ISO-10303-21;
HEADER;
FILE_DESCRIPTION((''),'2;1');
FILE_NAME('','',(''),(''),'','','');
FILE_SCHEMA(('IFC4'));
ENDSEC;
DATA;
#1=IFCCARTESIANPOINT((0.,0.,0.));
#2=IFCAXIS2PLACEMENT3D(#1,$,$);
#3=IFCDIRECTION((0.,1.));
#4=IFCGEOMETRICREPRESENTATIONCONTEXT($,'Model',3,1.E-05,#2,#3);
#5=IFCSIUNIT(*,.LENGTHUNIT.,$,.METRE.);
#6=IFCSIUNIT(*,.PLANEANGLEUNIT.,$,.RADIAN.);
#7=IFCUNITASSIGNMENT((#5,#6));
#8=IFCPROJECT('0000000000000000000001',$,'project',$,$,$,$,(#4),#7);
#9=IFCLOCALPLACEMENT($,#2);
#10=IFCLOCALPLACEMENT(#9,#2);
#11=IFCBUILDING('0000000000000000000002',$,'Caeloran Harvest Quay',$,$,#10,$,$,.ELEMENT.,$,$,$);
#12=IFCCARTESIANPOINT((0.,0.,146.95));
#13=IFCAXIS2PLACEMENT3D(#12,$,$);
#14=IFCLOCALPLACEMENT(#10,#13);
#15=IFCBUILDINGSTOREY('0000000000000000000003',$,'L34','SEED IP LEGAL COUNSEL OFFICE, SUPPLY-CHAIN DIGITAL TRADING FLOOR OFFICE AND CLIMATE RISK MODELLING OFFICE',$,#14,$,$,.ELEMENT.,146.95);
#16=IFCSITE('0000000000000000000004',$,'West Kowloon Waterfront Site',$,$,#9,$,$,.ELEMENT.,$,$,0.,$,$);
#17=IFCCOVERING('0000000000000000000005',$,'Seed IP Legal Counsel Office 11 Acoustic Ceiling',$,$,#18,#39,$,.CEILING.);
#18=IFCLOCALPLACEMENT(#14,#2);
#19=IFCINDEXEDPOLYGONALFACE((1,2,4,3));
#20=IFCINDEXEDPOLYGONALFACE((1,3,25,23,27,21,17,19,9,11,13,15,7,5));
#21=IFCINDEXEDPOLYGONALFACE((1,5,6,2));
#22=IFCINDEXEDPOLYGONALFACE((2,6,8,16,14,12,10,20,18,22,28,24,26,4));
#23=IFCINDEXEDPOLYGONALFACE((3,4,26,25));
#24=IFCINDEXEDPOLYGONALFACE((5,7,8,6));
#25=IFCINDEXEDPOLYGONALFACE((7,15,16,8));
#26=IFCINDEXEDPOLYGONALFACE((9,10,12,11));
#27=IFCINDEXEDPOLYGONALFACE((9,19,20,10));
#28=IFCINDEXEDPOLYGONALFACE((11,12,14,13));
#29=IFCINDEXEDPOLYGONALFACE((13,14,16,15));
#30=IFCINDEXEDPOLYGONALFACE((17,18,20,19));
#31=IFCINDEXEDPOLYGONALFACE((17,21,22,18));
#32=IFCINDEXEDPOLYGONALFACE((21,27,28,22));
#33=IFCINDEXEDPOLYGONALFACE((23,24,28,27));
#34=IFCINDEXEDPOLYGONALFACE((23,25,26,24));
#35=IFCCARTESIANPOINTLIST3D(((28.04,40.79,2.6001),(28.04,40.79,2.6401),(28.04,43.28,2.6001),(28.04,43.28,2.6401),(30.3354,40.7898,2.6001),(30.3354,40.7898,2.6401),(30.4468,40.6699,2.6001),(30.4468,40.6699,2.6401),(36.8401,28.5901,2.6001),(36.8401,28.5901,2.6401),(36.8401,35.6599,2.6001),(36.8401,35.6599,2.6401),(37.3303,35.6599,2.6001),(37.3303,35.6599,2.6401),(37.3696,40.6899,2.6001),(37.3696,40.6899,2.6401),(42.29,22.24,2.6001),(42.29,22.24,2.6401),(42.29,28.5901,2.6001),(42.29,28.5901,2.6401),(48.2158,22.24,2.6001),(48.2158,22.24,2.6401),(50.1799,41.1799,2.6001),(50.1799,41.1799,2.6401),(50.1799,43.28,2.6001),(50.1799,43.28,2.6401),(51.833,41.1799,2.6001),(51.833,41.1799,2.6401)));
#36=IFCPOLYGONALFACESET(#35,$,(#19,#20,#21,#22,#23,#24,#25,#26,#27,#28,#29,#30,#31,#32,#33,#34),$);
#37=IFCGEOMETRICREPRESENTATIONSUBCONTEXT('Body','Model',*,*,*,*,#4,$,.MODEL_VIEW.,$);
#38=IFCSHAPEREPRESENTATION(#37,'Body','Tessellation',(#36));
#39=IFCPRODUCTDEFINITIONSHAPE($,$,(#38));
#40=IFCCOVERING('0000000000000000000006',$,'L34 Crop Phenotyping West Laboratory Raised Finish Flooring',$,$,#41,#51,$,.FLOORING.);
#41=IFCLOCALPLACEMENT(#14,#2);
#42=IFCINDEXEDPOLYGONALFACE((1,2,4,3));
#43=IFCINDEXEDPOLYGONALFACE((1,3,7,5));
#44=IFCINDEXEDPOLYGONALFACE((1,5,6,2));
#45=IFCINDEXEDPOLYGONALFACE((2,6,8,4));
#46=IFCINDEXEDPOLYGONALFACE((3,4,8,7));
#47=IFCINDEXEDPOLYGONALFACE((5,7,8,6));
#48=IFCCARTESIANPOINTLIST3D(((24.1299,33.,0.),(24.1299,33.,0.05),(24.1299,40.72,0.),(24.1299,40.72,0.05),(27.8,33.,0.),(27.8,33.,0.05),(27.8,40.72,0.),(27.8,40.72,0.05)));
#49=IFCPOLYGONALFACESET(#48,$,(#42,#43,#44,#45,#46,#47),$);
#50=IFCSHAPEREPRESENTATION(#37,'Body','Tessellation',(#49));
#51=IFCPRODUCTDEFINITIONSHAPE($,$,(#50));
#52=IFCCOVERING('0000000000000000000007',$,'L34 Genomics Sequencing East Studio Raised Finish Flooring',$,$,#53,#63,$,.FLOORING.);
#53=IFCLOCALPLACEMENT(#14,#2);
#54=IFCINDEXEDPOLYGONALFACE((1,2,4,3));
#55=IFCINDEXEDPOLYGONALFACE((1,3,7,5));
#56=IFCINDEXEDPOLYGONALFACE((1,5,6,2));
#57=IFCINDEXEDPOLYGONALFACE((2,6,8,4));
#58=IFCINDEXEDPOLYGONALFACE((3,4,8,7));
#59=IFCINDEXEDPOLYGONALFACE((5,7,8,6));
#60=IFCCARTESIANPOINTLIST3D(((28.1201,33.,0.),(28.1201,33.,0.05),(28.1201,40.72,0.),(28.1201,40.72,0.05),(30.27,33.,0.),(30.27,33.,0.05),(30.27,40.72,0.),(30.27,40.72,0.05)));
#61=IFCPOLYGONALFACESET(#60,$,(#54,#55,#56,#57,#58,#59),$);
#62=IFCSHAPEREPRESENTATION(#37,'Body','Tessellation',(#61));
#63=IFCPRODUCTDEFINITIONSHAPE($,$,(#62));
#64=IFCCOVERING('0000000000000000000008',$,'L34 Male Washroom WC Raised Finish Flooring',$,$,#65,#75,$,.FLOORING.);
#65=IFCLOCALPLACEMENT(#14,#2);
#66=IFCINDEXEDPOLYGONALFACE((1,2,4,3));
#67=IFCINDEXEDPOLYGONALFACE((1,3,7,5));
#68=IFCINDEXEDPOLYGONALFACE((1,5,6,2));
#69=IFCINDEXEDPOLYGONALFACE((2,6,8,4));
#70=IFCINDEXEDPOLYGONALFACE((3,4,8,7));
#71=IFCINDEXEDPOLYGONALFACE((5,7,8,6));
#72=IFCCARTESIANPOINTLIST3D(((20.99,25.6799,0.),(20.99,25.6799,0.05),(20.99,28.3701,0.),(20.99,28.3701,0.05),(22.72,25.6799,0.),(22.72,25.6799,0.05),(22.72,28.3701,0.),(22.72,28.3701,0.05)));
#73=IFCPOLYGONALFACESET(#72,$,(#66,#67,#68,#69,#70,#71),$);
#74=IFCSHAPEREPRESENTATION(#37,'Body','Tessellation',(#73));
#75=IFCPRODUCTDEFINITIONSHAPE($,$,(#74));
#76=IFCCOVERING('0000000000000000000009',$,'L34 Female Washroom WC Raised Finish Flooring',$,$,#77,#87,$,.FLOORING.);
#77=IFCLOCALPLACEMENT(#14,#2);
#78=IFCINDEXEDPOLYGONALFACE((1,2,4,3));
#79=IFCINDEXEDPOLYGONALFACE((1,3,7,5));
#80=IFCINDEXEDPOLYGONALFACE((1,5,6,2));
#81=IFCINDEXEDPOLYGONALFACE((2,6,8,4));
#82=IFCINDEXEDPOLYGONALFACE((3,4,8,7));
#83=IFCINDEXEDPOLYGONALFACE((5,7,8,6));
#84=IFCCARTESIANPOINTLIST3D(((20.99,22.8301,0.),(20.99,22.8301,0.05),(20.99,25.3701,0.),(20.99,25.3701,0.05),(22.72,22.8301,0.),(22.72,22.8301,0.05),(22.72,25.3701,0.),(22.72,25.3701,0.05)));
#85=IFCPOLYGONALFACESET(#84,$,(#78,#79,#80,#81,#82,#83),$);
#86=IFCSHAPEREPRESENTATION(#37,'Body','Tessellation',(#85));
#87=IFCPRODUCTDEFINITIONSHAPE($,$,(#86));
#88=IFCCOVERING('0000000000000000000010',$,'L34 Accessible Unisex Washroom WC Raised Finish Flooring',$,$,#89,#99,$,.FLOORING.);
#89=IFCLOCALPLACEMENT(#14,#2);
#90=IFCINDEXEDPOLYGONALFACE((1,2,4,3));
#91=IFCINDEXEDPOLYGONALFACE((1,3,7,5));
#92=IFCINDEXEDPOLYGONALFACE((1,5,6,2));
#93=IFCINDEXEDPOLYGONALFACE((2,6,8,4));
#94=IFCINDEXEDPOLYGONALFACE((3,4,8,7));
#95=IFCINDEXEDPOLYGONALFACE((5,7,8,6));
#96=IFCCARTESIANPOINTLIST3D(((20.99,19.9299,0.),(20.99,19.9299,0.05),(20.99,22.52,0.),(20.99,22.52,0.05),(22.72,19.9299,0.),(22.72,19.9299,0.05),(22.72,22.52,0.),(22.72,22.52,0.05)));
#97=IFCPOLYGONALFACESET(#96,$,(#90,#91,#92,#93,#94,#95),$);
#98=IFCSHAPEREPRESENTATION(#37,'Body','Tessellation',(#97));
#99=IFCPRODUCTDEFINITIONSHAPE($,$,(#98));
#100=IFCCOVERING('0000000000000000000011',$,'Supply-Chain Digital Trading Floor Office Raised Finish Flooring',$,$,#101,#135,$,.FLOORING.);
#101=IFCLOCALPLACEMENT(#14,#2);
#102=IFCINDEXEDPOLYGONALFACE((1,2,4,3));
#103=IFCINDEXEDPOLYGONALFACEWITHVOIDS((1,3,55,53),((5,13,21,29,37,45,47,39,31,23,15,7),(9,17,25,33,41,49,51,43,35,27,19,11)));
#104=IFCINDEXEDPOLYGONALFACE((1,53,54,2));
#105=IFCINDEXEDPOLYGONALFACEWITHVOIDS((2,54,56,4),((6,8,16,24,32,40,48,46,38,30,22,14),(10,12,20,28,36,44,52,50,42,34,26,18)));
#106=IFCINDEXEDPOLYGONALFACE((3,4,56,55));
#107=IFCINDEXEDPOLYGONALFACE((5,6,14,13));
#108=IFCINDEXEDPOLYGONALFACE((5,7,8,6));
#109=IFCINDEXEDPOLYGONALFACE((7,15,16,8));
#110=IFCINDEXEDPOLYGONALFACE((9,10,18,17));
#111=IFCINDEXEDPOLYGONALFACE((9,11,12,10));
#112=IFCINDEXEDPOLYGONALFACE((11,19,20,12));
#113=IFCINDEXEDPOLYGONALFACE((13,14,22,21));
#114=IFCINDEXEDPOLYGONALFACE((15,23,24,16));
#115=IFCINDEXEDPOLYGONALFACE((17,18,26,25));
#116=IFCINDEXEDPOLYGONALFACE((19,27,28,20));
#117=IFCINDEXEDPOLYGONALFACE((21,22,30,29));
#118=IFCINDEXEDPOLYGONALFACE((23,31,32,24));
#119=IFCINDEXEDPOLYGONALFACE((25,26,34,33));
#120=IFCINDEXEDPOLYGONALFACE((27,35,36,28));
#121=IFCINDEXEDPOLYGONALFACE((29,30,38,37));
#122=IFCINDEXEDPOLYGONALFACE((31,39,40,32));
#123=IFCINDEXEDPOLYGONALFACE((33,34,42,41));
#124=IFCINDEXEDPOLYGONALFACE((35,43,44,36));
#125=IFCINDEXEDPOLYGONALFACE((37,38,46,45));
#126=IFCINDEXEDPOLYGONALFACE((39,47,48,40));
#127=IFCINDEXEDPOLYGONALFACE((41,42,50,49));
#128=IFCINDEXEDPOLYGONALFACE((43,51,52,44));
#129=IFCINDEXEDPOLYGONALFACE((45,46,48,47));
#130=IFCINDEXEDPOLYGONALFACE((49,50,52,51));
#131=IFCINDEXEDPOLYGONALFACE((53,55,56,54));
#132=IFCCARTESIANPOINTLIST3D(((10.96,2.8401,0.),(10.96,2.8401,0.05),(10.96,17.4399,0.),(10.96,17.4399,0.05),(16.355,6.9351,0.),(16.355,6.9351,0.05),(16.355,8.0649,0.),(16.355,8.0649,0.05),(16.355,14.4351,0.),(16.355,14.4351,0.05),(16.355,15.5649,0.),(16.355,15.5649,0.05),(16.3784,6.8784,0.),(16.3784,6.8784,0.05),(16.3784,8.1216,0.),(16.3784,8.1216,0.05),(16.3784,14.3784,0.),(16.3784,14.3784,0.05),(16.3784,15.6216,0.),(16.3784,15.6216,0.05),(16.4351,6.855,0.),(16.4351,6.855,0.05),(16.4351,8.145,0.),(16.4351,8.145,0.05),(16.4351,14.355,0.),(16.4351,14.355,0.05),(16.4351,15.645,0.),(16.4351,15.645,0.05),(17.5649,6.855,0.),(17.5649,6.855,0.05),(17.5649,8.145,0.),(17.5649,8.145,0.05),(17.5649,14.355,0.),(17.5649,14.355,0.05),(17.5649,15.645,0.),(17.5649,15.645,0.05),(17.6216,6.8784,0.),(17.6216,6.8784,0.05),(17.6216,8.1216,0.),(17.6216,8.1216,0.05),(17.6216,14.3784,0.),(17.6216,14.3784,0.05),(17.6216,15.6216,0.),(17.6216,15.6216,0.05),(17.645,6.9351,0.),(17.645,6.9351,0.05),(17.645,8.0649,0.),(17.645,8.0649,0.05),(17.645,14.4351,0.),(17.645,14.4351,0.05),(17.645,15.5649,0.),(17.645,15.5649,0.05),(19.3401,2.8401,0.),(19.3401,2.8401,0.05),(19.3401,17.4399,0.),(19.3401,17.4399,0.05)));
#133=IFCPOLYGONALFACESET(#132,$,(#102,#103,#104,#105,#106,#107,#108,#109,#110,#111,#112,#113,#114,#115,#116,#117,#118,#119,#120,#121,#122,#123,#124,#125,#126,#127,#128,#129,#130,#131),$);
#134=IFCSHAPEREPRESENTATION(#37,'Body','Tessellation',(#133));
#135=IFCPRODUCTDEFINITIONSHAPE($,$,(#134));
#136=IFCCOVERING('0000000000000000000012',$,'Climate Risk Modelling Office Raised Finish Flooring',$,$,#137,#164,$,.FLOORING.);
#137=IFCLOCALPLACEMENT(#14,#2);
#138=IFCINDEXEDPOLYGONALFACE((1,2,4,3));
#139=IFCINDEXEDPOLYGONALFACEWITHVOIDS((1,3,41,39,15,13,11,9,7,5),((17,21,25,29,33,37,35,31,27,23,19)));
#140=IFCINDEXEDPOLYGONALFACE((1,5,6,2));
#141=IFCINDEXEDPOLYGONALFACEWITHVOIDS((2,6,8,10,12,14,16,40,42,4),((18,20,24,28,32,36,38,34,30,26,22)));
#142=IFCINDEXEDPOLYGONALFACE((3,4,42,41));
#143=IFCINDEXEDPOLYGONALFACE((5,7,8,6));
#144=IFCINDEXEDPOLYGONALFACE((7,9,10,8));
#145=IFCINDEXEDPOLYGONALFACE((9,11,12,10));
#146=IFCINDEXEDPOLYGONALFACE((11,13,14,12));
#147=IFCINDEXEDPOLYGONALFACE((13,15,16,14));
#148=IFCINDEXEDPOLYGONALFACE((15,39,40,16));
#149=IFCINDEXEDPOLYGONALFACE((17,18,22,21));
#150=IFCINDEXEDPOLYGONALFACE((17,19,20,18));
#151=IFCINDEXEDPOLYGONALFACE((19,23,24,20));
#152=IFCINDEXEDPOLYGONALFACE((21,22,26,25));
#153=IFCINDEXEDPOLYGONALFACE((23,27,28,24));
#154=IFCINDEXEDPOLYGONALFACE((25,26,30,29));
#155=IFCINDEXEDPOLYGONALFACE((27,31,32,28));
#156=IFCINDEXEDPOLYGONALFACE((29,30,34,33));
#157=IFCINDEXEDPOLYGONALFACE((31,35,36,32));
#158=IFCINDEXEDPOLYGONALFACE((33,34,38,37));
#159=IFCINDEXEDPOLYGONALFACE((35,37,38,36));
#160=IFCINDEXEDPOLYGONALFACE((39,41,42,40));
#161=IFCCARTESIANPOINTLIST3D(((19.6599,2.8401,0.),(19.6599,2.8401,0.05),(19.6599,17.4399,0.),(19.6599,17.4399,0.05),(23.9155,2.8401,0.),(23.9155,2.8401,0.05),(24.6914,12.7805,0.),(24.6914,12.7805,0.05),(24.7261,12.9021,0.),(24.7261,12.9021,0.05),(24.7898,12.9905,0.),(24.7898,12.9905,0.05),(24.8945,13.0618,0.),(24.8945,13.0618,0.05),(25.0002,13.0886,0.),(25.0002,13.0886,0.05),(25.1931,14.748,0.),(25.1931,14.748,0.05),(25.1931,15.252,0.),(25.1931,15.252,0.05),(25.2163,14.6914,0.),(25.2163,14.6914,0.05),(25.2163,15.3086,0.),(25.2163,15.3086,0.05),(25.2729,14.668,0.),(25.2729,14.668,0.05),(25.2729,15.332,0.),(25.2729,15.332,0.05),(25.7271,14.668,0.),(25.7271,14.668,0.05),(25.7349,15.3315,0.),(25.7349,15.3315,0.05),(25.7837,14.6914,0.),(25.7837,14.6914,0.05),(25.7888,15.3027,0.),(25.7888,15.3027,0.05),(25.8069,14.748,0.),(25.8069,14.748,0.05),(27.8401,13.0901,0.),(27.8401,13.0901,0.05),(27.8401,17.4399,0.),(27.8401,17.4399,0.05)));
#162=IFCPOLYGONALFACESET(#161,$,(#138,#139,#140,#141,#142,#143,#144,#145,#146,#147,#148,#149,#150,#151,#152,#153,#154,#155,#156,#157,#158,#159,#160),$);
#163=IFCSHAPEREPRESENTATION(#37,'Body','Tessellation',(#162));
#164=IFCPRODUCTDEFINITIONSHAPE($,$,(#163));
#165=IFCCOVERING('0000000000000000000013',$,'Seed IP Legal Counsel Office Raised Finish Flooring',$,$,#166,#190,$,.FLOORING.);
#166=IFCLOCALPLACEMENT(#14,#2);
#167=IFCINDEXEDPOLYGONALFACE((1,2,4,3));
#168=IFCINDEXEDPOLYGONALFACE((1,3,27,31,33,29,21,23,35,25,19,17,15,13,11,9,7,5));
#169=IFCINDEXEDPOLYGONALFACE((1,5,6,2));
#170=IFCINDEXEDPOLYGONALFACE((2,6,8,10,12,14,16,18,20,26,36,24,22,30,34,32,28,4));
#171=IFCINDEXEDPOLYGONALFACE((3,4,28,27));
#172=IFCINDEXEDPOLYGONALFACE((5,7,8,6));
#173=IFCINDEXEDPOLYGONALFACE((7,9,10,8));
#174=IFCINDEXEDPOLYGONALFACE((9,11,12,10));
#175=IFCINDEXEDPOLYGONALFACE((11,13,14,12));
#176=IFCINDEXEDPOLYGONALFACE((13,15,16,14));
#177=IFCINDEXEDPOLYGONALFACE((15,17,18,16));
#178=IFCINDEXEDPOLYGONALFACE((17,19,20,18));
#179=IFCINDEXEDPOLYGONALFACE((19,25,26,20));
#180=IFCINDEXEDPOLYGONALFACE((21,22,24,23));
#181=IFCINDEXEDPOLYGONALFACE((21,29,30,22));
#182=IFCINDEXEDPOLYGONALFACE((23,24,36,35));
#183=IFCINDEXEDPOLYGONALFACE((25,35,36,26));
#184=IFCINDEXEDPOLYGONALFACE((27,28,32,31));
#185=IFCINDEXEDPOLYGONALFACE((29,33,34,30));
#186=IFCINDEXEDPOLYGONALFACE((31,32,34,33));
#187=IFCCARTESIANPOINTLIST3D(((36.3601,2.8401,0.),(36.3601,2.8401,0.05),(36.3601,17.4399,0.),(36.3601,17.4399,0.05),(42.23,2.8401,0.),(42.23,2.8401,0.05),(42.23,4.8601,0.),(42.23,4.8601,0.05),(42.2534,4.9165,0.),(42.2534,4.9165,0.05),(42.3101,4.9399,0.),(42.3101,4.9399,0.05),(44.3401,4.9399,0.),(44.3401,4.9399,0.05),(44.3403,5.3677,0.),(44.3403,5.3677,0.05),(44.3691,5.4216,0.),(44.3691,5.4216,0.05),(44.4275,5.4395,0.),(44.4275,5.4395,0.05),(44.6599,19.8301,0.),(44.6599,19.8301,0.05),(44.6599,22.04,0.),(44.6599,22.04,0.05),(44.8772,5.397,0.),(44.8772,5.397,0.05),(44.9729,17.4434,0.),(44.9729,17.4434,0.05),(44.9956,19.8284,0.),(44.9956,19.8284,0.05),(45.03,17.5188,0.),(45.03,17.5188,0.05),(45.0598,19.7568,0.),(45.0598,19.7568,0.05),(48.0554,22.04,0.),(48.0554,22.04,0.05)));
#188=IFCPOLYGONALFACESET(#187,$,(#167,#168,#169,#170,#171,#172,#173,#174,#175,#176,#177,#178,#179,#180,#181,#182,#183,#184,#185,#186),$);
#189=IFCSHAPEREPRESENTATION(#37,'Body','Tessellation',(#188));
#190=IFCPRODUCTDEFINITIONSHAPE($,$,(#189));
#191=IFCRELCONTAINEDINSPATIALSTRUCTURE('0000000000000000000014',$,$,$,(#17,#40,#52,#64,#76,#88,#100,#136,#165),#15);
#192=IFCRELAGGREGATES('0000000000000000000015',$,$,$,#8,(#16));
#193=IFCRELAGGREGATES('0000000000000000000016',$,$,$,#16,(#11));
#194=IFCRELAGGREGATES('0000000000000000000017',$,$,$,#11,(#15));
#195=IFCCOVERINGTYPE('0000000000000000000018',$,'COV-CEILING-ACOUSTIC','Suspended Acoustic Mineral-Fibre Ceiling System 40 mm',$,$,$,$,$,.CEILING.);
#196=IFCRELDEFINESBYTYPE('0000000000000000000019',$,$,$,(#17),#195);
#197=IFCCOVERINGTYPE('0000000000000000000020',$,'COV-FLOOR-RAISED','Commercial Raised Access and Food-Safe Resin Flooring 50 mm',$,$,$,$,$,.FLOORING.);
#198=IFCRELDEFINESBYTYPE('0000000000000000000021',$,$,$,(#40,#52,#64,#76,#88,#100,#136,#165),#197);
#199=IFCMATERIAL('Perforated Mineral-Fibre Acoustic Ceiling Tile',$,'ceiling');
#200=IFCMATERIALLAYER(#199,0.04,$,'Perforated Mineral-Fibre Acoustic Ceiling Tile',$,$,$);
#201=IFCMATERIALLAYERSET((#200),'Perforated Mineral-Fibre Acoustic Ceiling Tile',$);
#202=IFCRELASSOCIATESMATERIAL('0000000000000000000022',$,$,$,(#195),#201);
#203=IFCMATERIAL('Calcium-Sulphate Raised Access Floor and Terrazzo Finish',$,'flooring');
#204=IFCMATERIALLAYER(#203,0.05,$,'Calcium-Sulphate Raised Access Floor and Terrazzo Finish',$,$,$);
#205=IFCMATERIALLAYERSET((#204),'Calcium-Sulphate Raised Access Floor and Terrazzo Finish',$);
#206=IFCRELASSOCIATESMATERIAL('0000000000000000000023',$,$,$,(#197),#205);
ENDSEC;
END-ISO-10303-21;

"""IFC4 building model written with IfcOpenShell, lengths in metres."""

from ifc_helpers import new_model, si_unit, direction, frame, origin, place, context, subcontext, project, spatial, polyline, outline, extrude, material, layer, layer_set, type_object, element, save


model = new_model("IFC4")

# Units and contexts
model_context = context("Model", 3, precision=1e-05, world=origin(), true_north=direction((0.0, 1.0)))
body_context = subcontext(model_context, "Body", "Model", "MODEL_VIEW")
ifc_project = project(units=[si_unit("LENGTHUNIT", "METRE"), si_unit("PLANEANGLEUNIT", "RADIAN")], contexts=[model_context])

# Site, building, storey
site_placement = place(None, origin())
site = spatial("IfcSite", under=ifc_project, at=site_placement, Name="West Kowloon Waterfront Site", CompositionType="ELEMENT", RefElevation=0.0)
building_placement = place(site_placement, origin())
building = spatial("IfcBuilding", under=site, at=building_placement, Name="Caeloran Harvest Quay", CompositionType="ELEMENT")
storey_placement = place(building_placement, frame((0.0, 0.0, 146.95)))
storey = spatial("IfcBuildingStorey", under=building, at=storey_placement, Name="L34", Description="SEED IP LEGAL COUNSEL OFFICE, SUPPLY-CHAIN DIGITAL TRADING FLOOR OFFICE AND CLIMATE RISK MODELLING OFFICE", CompositionType="ELEMENT", Elevation=146.95)

# Coverings
ifc_material_1 = material(Name="Perforated Mineral-Fibre Acoustic Ceiling Tile", Category="ceiling")
ifc_layer_1 = layer(ifc_material_1, 0.04, Name="Perforated Mineral-Fibre Acoustic Ceiling Tile")
ifc_layer_set_1 = layer_set([ifc_layer_1], Name="Perforated Mineral-Fibre Acoustic Ceiling Tile")
covering_type_1 = type_object("IfcCoveringType", Name="COV-CEILING-ACOUSTIC", Description="Suspended Acoustic Mineral-Fibre Ceiling System 40 mm", PredefinedType="CEILING", material=ifc_layer_set_1)
covering_1_placement = place(storey_placement, frame((0.0, 0.0, 2.6001)))
element("IfcCovering", 1, at=covering_1_placement, inside=storey, type_object=covering_type_1, Name="Seed IP Legal Counsel Office 11 Acoustic Ceiling", PredefinedType="CEILING", context=body_context, shape_type="SweptSolid", body=[
    extrude(outline(polyline([(48.2158, 22.24), (42.29, 22.24), (42.29, 28.5901), (36.8401, 28.5901), (36.8401, 35.6599), (37.3303, 35.6599), (37.3696, 40.6899), (30.4468, 40.6699), (30.3354, 40.7898), (28.04, 40.79), (28.04, 43.28), (50.1799, 43.28), (50.1799, 41.1799), (51.833, 41.1799), (48.2158, 22.24)])), origin(), (0.0, 0.0, 1.0), 0.04),
])
ifc_material_2 = material(Name="Calcium-Sulphate Raised Access Floor and Terrazzo Finish", Category="flooring")
ifc_layer_2 = layer(ifc_material_2, 0.05, Name="Calcium-Sulphate Raised Access Floor and Terrazzo Finish")
ifc_layer_set_2 = layer_set([ifc_layer_2], Name="Calcium-Sulphate Raised Access Floor and Terrazzo Finish")
covering_type_2 = type_object("IfcCoveringType", Name="COV-FLOOR-RAISED", Description="Commercial Raised Access and Food-Safe Resin Flooring 50 mm", PredefinedType="FLOORING", material=ifc_layer_set_2)
covering_2_placement = place(storey_placement, origin())
element("IfcCovering", 2, at=covering_2_placement, inside=storey, type_object=covering_type_2, Name="L34 Crop Phenotyping West Laboratory Raised Finish Flooring", PredefinedType="FLOORING", context=body_context, shape_type="SweptSolid", body=[
    extrude(outline(polyline([(27.8, 40.72), (27.8, 33.0), (24.1299, 33.0), (24.1299, 40.72), (27.8, 40.72)])), origin(), (0.0, 0.0, 1.0), 0.05),
])
covering_3_placement = place(storey_placement, origin())
element("IfcCovering", 3, at=covering_3_placement, inside=storey, type_object=covering_type_2, Name="L34 Genomics Sequencing East Studio Raised Finish Flooring", PredefinedType="FLOORING", context=body_context, shape_type="SweptSolid", body=[
    extrude(outline(polyline([(30.27, 40.72), (30.27, 33.0), (28.1201, 33.0), (28.1201, 40.72), (30.27, 40.72)])), origin(), (0.0, 0.0, 1.0), 0.05),
])
covering_4_placement = place(storey_placement, origin())
element("IfcCovering", 4, at=covering_4_placement, inside=storey, type_object=covering_type_2, Name="L34 Male Washroom WC Raised Finish Flooring", PredefinedType="FLOORING", context=body_context, shape_type="SweptSolid", body=[
    extrude(outline(polyline([(22.72, 25.6799), (20.99, 25.6799), (20.99, 28.3701), (22.72, 28.3701), (22.72, 25.6799)])), origin(), (0.0, 0.0, 1.0), 0.05),
])
covering_5_placement = place(storey_placement, origin())
element("IfcCovering", 5, at=covering_5_placement, inside=storey, type_object=covering_type_2, Name="L34 Female Washroom WC Raised Finish Flooring", PredefinedType="FLOORING", context=body_context, shape_type="SweptSolid", body=[
    extrude(outline(polyline([(22.72, 22.8301), (20.99, 22.8301), (20.99, 25.3701), (22.72, 25.3701), (22.72, 22.8301)])), origin(), (0.0, 0.0, 1.0), 0.05),
])
covering_6_placement = place(storey_placement, origin())
element("IfcCovering", 6, at=covering_6_placement, inside=storey, type_object=covering_type_2, Name="L34 Accessible Unisex Washroom WC Raised Finish Flooring", PredefinedType="FLOORING", context=body_context, shape_type="SweptSolid", body=[
    extrude(outline(polyline([(22.72, 19.9299), (20.99, 19.9299), (20.99, 22.52), (22.72, 22.52), (22.72, 19.9299)])), origin(), (0.0, 0.0, 1.0), 0.05),
])
covering_7_placement = place(storey_placement, origin())
element("IfcCovering", 7, at=covering_7_placement, inside=storey, type_object=covering_type_2, Name="Supply-Chain Digital Trading Floor Office Raised Finish Flooring", PredefinedType="FLOORING", context=body_context, shape_type="SweptSolid", body=[
    extrude(outline(polyline([(10.96, 17.4399), (19.3401, 17.4399), (19.3401, 2.8401), (10.96, 2.8401), (10.96, 17.4399)]), holes=[polyline([(16.4351, 8.145), (16.3784, 8.1216), (16.355, 8.0649), (16.355, 6.9351), (16.3784, 6.8784), (16.4351, 6.855), (17.5649, 6.855), (17.6216, 6.8784), (17.645, 6.9351), (17.645, 8.0649), (17.6216, 8.1216), (17.5649, 8.145), (16.4351, 8.145)]), polyline([(16.4351, 15.645), (16.3784, 15.6216), (16.355, 15.5649), (16.355, 14.4351), (16.3784, 14.3784), (16.4351, 14.355), (17.5649, 14.355), (17.6216, 14.3784), (17.645, 14.4351), (17.645, 15.5649), (17.6216, 15.6216), (17.5649, 15.645), (16.4351, 15.645)])]), origin(), (0.0, 0.0, 1.0), 0.05),
])
covering_8_placement = place(storey_placement, origin())
element("IfcCovering", 8, at=covering_8_placement, inside=storey, type_object=covering_type_2, Name="Climate Risk Modelling Office Raised Finish Flooring", PredefinedType="FLOORING", context=body_context, shape_type="SweptSolid", body=[
    extrude(outline(polyline([(25.0002, 13.0886), (24.8945, 13.0618), (24.7898, 12.9905), (24.7261, 12.9021), (24.6914, 12.7805), (23.9155, 2.8401), (19.6599, 2.8401), (19.6599, 17.4399), (27.8401, 17.4399), (27.8401, 13.0901), (25.0002, 13.0886)]), holes=[polyline([(25.8069, 14.748), (25.7888, 15.3027), (25.7349, 15.3315), (25.2729, 15.332), (25.2163, 15.3086), (25.1931, 15.252), (25.1931, 14.748), (25.2163, 14.6914), (25.2729, 14.668), (25.7271, 14.668), (25.7837, 14.6914), (25.8069, 14.748)])]), origin(), (0.0, 0.0, 1.0), 0.05),
])
covering_9_placement = place(storey_placement, origin())
element("IfcCovering", 9, at=covering_9_placement, inside=storey, type_object=covering_type_2, Name="Seed IP Legal Counsel Office Raised Finish Flooring", PredefinedType="FLOORING", context=body_context, shape_type="SweptSolid", body=[
    extrude(outline(polyline([(44.6599, 19.8301), (44.6599, 22.04), (48.0554, 22.04), (44.8772, 5.397), (44.4275, 5.4395), (44.3691, 5.4216), (44.3403, 5.3677), (44.3401, 4.9399), (42.3101, 4.9399), (42.2534, 4.9165), (42.23, 4.8601), (42.23, 2.8401), (36.3601, 2.8401), (36.3601, 17.4399), (44.9729, 17.4434), (45.03, 17.5188), (45.0598, 19.7568), (44.9956, 19.8284), (44.6599, 19.8301)])), origin(), (0.0, 0.0, 1.0), 0.05),
])

save(model, "model.ifc")
